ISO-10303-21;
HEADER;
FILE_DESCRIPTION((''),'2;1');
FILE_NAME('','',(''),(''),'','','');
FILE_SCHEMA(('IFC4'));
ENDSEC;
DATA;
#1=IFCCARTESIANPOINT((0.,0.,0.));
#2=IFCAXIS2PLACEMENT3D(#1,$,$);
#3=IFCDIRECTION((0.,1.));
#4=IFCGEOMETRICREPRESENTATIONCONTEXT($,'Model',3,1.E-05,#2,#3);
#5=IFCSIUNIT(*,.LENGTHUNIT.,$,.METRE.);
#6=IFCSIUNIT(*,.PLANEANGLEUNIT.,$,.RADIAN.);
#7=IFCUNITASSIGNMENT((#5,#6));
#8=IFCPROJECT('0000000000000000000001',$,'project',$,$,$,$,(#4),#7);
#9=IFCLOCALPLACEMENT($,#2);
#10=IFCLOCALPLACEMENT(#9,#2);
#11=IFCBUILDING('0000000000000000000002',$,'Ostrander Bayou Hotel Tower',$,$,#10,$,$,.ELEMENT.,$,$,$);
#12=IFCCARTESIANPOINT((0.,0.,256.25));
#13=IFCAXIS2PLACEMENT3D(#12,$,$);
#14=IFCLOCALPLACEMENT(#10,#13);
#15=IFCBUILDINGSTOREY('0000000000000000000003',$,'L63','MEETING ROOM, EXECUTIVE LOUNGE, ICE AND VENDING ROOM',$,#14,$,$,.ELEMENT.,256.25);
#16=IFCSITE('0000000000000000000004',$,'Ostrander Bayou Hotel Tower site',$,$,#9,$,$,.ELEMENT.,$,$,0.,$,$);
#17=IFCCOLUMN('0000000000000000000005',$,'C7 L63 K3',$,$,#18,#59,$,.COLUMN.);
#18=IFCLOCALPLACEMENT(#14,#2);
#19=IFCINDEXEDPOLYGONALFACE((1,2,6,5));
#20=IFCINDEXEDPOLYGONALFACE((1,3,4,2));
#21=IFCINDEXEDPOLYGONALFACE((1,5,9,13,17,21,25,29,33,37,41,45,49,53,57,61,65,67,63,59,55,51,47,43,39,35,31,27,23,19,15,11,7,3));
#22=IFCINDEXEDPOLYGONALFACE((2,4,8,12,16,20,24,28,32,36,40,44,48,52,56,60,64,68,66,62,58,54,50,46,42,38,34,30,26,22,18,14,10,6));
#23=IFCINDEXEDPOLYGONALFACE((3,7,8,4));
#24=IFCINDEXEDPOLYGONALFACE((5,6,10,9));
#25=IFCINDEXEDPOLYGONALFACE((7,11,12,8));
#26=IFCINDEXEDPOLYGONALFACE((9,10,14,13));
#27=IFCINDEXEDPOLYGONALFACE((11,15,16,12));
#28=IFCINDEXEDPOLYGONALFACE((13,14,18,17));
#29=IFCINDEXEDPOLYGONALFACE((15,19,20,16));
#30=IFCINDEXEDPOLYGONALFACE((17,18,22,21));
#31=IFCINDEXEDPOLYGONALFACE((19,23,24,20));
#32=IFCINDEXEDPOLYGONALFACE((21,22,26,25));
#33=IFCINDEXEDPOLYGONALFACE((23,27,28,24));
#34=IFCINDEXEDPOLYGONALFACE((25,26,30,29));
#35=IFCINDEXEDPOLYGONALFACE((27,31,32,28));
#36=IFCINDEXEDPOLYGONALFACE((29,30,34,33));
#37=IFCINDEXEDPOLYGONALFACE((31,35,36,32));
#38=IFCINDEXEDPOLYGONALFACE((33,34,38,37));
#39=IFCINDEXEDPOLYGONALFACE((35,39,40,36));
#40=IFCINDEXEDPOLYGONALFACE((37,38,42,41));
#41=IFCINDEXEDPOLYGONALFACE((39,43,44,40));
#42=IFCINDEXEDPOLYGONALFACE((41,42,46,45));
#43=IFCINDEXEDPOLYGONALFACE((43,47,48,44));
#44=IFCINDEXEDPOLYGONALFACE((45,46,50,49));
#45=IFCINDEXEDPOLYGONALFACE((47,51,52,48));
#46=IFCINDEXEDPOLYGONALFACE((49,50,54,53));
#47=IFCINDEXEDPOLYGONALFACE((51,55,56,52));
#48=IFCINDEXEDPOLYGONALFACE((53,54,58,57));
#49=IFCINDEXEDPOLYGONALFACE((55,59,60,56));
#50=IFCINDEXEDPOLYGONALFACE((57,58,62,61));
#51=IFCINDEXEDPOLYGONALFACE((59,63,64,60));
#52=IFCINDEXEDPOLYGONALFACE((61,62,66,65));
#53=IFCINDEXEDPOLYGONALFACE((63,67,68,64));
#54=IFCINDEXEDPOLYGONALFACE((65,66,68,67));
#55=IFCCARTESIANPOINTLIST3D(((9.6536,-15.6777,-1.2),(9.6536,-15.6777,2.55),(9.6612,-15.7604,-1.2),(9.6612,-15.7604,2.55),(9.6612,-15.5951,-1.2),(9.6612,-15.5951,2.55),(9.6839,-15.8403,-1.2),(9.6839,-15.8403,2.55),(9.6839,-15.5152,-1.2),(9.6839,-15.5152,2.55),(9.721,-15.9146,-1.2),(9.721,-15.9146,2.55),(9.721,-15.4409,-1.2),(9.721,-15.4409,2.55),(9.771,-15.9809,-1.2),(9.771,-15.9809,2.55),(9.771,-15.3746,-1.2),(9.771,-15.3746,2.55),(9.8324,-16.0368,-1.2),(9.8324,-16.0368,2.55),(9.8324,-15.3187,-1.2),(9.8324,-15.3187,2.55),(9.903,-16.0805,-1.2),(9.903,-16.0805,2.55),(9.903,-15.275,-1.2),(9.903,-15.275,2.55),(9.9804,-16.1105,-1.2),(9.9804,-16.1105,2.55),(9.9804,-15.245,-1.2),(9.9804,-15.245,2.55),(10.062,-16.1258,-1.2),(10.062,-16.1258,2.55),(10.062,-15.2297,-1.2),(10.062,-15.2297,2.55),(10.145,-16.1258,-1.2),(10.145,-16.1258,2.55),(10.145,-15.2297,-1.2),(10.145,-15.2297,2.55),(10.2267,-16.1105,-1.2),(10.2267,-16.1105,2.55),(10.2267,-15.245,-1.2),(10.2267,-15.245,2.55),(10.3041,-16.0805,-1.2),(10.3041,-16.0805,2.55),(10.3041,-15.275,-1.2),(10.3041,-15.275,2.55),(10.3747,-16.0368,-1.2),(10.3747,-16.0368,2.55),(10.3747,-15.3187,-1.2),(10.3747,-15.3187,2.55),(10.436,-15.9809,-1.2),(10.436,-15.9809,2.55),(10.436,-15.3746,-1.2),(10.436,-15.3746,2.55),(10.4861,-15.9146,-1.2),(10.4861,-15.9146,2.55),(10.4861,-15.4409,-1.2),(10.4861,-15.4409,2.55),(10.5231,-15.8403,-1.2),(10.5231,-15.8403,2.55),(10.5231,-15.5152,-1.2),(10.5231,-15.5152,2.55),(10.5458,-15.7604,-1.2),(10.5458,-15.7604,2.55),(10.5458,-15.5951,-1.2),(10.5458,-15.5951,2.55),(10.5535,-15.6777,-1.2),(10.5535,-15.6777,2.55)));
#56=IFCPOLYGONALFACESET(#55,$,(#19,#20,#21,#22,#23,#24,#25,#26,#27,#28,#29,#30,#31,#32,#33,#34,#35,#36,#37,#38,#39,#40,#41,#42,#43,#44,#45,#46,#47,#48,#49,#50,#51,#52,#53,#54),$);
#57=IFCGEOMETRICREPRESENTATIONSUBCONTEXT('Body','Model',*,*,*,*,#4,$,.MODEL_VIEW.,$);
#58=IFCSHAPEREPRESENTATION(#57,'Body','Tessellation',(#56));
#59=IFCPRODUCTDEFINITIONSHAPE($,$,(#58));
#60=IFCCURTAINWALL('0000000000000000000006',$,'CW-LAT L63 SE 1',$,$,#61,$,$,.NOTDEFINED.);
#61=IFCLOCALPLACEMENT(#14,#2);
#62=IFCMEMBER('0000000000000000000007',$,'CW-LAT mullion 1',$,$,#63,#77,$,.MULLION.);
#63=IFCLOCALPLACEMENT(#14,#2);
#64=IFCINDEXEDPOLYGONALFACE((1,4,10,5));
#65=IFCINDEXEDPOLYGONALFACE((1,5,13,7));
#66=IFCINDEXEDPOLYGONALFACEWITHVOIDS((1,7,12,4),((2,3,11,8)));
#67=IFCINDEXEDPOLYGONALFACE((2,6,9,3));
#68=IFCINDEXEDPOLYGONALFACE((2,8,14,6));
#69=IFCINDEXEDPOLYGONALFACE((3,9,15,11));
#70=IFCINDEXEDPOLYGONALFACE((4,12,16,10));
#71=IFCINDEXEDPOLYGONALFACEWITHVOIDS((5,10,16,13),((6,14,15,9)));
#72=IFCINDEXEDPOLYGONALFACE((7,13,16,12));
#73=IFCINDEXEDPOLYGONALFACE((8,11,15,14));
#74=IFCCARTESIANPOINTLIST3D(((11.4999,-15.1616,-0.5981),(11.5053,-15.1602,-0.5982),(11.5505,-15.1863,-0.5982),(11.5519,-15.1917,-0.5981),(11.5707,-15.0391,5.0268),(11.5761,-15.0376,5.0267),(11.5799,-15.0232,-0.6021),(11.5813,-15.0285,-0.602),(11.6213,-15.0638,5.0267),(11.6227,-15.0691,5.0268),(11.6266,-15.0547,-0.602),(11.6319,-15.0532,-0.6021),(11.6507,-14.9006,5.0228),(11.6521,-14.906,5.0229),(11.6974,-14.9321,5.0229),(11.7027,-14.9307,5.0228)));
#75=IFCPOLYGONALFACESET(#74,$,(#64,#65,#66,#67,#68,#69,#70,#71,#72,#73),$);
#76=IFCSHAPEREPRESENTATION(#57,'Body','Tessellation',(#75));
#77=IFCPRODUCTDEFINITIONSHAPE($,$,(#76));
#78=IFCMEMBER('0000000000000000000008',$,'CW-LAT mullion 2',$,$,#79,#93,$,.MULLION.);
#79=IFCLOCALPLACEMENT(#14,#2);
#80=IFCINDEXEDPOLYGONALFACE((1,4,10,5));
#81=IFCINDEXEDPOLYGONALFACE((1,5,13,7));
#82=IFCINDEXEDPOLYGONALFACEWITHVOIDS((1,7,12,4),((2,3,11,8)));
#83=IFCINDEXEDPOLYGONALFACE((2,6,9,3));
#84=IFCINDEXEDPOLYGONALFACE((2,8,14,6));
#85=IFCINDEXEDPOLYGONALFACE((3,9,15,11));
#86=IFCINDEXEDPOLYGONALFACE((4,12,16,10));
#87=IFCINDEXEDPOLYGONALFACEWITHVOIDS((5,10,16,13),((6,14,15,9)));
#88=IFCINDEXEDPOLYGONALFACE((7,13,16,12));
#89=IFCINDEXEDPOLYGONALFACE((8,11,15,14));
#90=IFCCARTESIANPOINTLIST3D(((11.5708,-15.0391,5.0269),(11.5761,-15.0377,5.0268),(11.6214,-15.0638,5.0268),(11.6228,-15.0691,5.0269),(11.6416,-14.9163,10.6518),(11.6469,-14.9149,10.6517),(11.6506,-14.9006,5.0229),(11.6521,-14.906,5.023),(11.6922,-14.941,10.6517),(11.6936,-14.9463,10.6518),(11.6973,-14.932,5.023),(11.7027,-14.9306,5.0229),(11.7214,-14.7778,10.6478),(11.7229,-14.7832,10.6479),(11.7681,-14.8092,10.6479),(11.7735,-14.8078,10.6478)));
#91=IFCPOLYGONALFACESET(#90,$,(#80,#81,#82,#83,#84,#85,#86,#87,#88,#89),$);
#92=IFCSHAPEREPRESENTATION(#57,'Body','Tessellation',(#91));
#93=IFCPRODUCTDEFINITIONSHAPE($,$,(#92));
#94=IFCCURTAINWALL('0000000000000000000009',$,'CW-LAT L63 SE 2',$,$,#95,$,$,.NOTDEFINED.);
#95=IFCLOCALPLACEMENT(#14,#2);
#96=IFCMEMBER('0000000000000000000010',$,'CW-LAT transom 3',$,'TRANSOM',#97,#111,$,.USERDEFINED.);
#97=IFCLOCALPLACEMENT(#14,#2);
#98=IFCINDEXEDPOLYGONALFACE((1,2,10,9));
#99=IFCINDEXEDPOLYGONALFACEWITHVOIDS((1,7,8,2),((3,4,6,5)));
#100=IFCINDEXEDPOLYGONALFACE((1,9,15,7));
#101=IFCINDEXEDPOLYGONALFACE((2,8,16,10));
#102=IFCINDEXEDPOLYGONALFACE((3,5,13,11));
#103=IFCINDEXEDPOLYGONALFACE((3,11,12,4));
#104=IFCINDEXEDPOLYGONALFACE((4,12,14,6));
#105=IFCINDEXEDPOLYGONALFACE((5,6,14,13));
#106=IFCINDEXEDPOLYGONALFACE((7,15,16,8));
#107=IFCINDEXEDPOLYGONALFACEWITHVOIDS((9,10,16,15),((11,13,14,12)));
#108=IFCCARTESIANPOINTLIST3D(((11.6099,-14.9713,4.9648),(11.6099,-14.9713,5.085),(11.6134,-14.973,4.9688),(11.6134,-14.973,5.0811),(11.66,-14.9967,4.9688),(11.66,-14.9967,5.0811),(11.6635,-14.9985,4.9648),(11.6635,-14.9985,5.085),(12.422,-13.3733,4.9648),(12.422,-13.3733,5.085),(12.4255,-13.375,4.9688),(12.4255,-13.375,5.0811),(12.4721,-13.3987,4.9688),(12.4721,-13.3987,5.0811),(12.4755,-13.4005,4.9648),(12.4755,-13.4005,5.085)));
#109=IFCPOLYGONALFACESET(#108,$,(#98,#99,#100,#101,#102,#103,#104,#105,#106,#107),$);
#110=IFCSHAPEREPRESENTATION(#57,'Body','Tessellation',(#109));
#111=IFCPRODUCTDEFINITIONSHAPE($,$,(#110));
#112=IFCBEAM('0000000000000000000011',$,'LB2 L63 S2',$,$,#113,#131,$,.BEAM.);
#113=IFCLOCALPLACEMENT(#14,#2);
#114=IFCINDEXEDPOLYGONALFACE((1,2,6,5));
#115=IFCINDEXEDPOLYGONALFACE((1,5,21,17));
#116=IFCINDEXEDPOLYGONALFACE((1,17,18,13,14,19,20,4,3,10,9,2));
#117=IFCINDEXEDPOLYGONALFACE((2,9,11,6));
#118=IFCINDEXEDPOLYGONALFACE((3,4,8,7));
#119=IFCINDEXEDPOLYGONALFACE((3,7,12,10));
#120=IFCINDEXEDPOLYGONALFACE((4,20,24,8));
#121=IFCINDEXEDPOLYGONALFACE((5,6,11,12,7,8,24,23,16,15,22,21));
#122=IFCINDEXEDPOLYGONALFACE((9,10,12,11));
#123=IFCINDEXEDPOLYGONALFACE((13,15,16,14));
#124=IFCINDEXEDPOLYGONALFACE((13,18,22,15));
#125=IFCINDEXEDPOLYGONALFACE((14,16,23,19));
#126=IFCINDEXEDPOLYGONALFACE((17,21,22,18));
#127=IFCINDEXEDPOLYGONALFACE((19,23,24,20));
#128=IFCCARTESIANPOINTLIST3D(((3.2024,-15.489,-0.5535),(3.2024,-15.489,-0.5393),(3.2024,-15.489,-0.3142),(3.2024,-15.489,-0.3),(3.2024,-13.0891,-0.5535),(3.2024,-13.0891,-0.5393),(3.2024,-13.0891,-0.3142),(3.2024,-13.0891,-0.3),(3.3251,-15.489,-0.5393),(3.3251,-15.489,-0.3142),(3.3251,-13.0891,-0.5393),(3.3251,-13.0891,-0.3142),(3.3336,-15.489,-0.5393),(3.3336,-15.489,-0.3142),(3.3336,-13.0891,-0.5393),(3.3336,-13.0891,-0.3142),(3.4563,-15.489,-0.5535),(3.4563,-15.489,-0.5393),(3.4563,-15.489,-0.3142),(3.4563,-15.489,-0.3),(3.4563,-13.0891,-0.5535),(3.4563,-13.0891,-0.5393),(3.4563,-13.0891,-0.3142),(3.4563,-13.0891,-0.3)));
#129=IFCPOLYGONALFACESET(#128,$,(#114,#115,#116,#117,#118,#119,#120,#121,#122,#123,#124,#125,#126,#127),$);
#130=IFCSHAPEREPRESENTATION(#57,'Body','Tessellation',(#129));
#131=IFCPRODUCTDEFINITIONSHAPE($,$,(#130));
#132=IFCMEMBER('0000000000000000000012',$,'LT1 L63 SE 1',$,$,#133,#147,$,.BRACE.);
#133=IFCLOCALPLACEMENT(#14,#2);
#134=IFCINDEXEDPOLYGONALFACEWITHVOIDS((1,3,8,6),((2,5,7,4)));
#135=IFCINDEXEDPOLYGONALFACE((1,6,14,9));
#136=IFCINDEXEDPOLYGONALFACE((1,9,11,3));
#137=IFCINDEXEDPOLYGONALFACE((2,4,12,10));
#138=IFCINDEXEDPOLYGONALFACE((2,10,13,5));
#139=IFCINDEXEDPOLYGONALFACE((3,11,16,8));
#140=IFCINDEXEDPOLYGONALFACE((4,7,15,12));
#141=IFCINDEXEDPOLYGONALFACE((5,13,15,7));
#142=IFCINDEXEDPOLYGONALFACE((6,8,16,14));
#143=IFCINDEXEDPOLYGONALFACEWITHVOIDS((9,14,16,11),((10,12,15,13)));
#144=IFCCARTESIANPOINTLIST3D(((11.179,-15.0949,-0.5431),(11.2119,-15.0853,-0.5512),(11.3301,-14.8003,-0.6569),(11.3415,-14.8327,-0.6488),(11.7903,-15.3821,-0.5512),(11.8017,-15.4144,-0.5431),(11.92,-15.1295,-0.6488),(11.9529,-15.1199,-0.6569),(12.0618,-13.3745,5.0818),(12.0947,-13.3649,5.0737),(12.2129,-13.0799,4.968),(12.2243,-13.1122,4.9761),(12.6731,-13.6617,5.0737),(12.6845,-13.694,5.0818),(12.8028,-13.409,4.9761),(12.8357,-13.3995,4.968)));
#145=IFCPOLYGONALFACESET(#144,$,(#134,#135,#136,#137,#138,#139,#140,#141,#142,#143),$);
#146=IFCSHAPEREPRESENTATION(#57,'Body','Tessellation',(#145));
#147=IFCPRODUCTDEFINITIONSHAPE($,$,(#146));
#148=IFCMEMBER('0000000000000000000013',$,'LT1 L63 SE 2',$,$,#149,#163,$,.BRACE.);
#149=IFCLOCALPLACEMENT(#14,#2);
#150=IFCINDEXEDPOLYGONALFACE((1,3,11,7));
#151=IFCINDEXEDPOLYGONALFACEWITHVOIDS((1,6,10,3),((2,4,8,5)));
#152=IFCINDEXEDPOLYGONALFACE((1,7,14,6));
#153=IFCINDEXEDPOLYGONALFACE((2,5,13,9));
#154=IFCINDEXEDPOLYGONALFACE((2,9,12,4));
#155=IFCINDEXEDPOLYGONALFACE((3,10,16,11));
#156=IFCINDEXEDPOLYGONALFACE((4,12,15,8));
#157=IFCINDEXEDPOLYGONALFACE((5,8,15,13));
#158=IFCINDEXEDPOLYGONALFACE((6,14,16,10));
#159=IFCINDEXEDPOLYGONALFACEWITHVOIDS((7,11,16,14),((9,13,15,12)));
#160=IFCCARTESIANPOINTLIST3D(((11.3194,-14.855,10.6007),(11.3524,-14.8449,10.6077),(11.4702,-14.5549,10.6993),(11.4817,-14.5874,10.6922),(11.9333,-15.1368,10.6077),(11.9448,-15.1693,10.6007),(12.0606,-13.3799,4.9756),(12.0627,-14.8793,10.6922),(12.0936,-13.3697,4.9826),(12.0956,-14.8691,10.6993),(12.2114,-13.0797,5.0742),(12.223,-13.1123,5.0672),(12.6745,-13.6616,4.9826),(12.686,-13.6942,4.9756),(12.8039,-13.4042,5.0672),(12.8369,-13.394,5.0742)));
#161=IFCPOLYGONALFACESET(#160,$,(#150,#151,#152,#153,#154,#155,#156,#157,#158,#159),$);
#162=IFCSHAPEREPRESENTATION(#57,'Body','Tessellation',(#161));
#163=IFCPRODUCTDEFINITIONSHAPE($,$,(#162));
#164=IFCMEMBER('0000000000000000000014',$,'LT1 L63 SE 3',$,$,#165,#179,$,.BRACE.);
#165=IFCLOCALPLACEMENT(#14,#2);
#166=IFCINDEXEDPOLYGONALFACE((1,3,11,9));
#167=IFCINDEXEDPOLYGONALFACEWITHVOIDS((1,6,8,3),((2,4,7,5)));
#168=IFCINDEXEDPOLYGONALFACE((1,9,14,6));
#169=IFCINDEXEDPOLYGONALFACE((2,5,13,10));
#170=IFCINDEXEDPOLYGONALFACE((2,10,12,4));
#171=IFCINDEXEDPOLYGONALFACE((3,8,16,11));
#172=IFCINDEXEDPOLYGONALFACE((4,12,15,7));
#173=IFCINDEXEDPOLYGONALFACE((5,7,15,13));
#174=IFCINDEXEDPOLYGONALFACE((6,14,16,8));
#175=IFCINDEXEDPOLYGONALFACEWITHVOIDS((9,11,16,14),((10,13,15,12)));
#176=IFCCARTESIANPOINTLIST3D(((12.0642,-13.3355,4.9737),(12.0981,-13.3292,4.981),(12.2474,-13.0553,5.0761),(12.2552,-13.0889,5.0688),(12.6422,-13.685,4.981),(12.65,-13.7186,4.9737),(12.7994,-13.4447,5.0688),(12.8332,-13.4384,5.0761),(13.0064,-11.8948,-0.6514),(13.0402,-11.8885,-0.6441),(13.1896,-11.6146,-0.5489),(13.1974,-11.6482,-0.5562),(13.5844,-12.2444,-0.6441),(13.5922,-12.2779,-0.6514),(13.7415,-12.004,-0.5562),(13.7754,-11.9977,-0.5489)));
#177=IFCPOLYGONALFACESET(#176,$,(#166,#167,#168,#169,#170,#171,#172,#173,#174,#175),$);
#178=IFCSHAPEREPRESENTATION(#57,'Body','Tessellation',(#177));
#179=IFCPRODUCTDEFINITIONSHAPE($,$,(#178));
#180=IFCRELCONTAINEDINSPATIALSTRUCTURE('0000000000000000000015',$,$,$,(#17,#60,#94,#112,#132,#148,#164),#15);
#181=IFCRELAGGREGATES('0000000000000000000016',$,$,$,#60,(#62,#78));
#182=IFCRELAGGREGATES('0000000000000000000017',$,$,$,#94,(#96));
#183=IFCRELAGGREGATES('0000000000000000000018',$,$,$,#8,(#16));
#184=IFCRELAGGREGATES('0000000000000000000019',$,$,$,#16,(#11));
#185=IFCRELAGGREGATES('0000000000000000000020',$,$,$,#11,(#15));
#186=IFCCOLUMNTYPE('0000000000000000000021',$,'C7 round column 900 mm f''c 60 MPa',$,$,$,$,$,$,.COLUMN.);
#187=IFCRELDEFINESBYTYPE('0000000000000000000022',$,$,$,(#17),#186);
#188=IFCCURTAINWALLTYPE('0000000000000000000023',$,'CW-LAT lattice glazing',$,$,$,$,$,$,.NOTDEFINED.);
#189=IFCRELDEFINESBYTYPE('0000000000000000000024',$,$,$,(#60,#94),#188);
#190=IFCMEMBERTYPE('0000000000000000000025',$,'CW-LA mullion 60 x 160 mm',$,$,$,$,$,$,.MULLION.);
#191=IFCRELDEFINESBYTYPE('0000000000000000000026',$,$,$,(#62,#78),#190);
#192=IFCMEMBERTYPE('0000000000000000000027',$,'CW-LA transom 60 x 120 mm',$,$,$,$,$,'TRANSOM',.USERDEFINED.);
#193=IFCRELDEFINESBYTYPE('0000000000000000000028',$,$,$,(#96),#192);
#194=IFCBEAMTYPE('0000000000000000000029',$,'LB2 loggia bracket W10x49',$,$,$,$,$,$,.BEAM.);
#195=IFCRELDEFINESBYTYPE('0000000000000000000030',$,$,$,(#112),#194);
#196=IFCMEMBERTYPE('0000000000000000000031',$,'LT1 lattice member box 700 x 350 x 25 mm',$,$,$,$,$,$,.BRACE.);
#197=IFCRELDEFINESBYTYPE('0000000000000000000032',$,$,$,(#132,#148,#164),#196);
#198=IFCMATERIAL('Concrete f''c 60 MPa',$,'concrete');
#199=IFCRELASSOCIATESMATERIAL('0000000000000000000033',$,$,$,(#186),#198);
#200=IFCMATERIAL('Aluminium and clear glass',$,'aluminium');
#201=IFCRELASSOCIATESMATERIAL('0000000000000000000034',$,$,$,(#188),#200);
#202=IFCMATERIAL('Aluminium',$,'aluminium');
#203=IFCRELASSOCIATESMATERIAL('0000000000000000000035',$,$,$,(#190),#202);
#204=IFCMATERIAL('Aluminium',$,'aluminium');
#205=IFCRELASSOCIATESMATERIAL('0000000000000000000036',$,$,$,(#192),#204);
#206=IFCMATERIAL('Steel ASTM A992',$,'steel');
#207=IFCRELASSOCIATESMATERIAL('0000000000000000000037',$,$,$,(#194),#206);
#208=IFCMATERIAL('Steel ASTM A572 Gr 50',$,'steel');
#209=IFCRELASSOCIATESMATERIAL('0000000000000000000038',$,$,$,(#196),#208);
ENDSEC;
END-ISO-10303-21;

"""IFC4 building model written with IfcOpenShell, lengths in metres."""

from ifc_helpers import new_model, si_unit, direction, frame, origin, origin_2d, place, context, subcontext, project, spatial, hollow_rectangle, circle, i_section, extrude, material, material_profile, profile_set, type_object, element, aggregate, save


model = new_model("IFC4")

# Units and contexts
model_context = context("Model", 3, precision=1e-05, world=origin(), true_north=direction((0.0, 1.0)))
body_context = subcontext(model_context, "Body", "Model", "MODEL_VIEW")
ifc_project = project(units=[si_unit("LENGTHUNIT", "METRE"), si_unit("PLANEANGLEUNIT", "RADIAN")], contexts=[model_context])

# Site, building, storey
site_placement = place(None, origin())
site = spatial("IfcSite", under=ifc_project, at=site_placement, Name="Ostrander Bayou Hotel Tower site", CompositionType="ELEMENT", RefElevation=0.0)
building_placement = place(site_placement, origin())
building = spatial("IfcBuilding", under=site, at=building_placement, Name="Ostrander Bayou Hotel Tower", CompositionType="ELEMENT")
storey_placement = place(building_placement, frame((0.0, 0.0, 256.25)))
storey = spatial("IfcBuildingStorey", under=building, at=storey_placement, Name="L63", Description="MEETING ROOM, EXECUTIVE LOUNGE, ICE AND VENDING ROOM", CompositionType="ELEMENT", Elevation=256.25)

# Column
ifc_material_1 = material(Name="Concrete f'c 60 MPa", Category="concrete")
ifc_material_profile_1 = material_profile(ifc_material_1, circle(Radius=0.45, at=origin_2d()))
ifc_profile_set_1 = profile_set([ifc_material_profile_1], Name="Concrete f'c 60 MPa")
column_type = type_object("IfcColumnType", Name="C7 round column 900 mm f'c 60 MPa", PredefinedType="COLUMN", material=ifc_profile_set_1)
column_placement = place(storey_placement, frame((10.1035, -15.6777, -1.2), z_axis=(0.0, 0.0, 1.0), x_axis=(1.0, 0.0, 0.0)))
element("IfcColumn", 1, at=column_placement, inside=storey, type_object=column_type, Name="C7 L63 K3", PredefinedType="COLUMN", context=body_context, shape_type="SweptSolid", body=[
    extrude(circle(Radius=0.45, at=origin_2d()), origin(), (0.0, 0.0, 1.0), 3.75),
])

# Curtain wall, members
ifc_material_2 = material(Name="Aluminium and clear glass", Category="aluminium")
curtain_wall_type = type_object("IfcCurtainWallType", Name="CW-LAT lattice glazing", PredefinedType="NOTDEFINED", material=ifc_material_2)
curtain_wall_1_placement = place(storey_placement, origin())
curtain_wall_1 = element("IfcCurtainWall", 2, at=curtain_wall_1_placement, inside=storey, type_object=curtain_wall_type, Name="CW-LAT L63 SE 1", PredefinedType="NOTDEFINED")
ifc_material_3 = material(Name="Aluminium", Category="aluminium")
ifc_material_profile_2 = material_profile(ifc_material_3, hollow_rectangle(XDim=0.0601, YDim=0.1599, WallThickness=0.0039, at=origin_2d()))
ifc_profile_set_2 = profile_set([ifc_material_profile_2], Name="Aluminium")
member_type_1 = type_object("IfcMemberType", Name="CW-LA mullion 60 x 160 mm", PredefinedType="MULLION", material=ifc_profile_set_2)
member_1_placement = place(storey_placement, frame((11.5659, -15.1074, -0.6001), z_axis=(0.012583, 0.021781, 0.999684), x_axis=(-0.865898, 0.50022, 0.0)))
member_1 = element("IfcMember", 3, at=member_1_placement, type_object=member_type_1, Name="CW-LAT mullion 1", PredefinedType="MULLION", context=body_context, shape_type="SweptSolid", body=[
    extrude(hollow_rectangle(XDim=0.0601, YDim=0.1599, WallThickness=0.0039, at=origin_2d()), origin(), (0.0, 0.0, 1.0), 5.6267),
])
member_2_placement = place(storey_placement, frame((11.6367, -14.9849, 5.0249), z_axis=(0.012583, 0.021825, 0.999683), x_axis=(-0.866329, 0.499474, 0.0)))
member_2 = element("IfcMember", 4, at=member_2_placement, type_object=member_type_1, Name="CW-LAT mullion 2", PredefinedType="MULLION", context=body_context, shape_type="SweptSolid", body=[
    extrude(hollow_rectangle(XDim=0.0601, YDim=0.1599, WallThickness=0.0039, at=origin_2d()), origin(), (0.0, 0.0, 1.0), 5.6267),
])
aggregate(curtain_wall_1, [member_1, member_2])

# Curtain wall, member
curtain_wall_2_placement = place(storey_placement, origin())
curtain_wall_2 = element("IfcCurtainWall", 5, at=curtain_wall_2_placement, inside=storey, type_object=curtain_wall_type, Name="CW-LAT L63 SE 2", PredefinedType="NOTDEFINED")
ifc_material_4 = material(Name="Aluminium", Category="aluminium")
ifc_material_profile_3 = material_profile(ifc_material_4, hollow_rectangle(XDim=0.0601, YDim=0.1201, WallThickness=0.0039, at=origin_2d()))
ifc_profile_set_3 = profile_set([ifc_material_profile_3], Name="Aluminium")
member_type_2 = type_object("IfcMemberType", Name="CW-LA transom 60 x 120 mm", ElementType="TRANSOM", PredefinedType="USERDEFINED", material=ifc_profile_set_3)
member_3_placement = place(storey_placement, frame((11.6367, -14.9849, 5.0249), z_axis=(0.453034, 0.891493, 0.0), x_axis=(-0.891493, 0.453034, 0.0)))
member_3 = element("IfcMember", 6, at=member_3_placement, type_object=member_type_2, Name="CW-LAT transom 3", ObjectType="TRANSOM", PredefinedType="USERDEFINED", context=body_context, shape_type="SweptSolid", body=[
    extrude(hollow_rectangle(XDim=0.0601, YDim=0.1201, WallThickness=0.0039, at=origin_2d()), origin(), (0.0, 0.0, 1.0), 1.7925),
])
aggregate(curtain_wall_2, [member_3])

# Beam
ifc_material_5 = material(Name="Steel ASTM A992", Category="steel")
ifc_material_profile_4 = material_profile(ifc_material_5, i_section(OverallWidth=0.2539, OverallDepth=0.2534, WebThickness=0.0085, FlangeThickness=0.0142, at=origin_2d()))
ifc_profile_set_4 = profile_set([ifc_material_profile_4], Name="Steel ASTM A992")
beam_type_1 = type_object("IfcBeamType", Name="LB2 loggia bracket W10x49", PredefinedType="BEAM", material=ifc_profile_set_4)
beam_1_placement = place(storey_placement, frame((3.3293, -15.489, -0.4268), z_axis=(0.0, 1.0, 0.0), x_axis=(-1.0, 0.0, 0.0)))
element("IfcBeam", 7, at=beam_1_placement, inside=storey, type_object=beam_type_1, Name="LB2 L63 S2", PredefinedType="BEAM", context=body_context, shape_type="SweptSolid", body=[
    extrude(i_section(OverallWidth=0.2539, OverallDepth=0.2534, WebThickness=0.0085, FlangeThickness=0.0142, at=origin_2d()), origin(), (0.0, 0.0, 1.0), 2.3999),
])

# Members
ifc_material_6 = material(Name="Steel ASTM A572 Gr 50", Category="steel")
ifc_material_profile_5 = material_profile(ifc_material_6, hollow_rectangle(XDim=0.7, YDim=0.3501, WallThickness=0.0249, at=origin_2d()))
ifc_profile_set_5 = profile_set([ifc_material_profile_5], Name="Steel ASTM A572 Gr 50")
member_type_3 = type_object("IfcMemberType", Name="LT1 lattice member box 700 x 350 x 25 mm", PredefinedType="BRACE", material=ifc_profile_set_5)
member_4_placement = place(storey_placement, frame((12.4487, -13.387, 5.0249), z_axis=(-0.148419, -0.289245, -0.945679), x_axis=(0.889707, -0.456532, 0.0)))
element("IfcMember", 8, at=member_4_placement, inside=storey, type_object=member_type_3, Name="LT1 L63 SE 1", PredefinedType="BRACE", context=body_context, shape_type="SweptSolid", body=[
    extrude(hollow_rectangle(XDim=0.7, YDim=0.3501, WallThickness=0.0249, at=origin_2d()), origin(), (0.0, 0.0, 1.0), 5.948),
])
member_5_placement = place(storey_placement, frame((12.4487, -13.387, 5.0249), z_axis=(-0.126438, -0.251627, 0.95953), x_axis=(0.893538, -0.448987, 0.0)))
element("IfcMember", 9, at=member_5_placement, inside=storey, type_object=member_type_3, Name="LT1 L63 SE 2", PredefinedType="BRACE", context=body_context, shape_type="SweptSolid", body=[
    extrude(hollow_rectangle(XDim=0.7, YDim=0.3501, WallThickness=0.0249, at=origin_2d()), origin(), (0.0, 0.0, 1.0), 5.8623),
])
member_6_placement = place(storey_placement, frame((12.4487, -13.387, 5.0249), z_axis=(0.16016, 0.244908, -0.956226), x_axis=(-0.836927, 0.547314, 0.0)))
element("IfcMember", 10, at=member_6_placement, inside=storey, type_object=member_type_3, Name="LT1 L63 SE 3", PredefinedType="BRACE", context=body_context, shape_type="SweptSolid", body=[
    extrude(hollow_rectangle(XDim=0.7, YDim=0.3501, WallThickness=0.0249, at=origin_2d()), origin(), (0.0, 0.0, 1.0), 5.8826),
])

save(model, "model.ifc")
